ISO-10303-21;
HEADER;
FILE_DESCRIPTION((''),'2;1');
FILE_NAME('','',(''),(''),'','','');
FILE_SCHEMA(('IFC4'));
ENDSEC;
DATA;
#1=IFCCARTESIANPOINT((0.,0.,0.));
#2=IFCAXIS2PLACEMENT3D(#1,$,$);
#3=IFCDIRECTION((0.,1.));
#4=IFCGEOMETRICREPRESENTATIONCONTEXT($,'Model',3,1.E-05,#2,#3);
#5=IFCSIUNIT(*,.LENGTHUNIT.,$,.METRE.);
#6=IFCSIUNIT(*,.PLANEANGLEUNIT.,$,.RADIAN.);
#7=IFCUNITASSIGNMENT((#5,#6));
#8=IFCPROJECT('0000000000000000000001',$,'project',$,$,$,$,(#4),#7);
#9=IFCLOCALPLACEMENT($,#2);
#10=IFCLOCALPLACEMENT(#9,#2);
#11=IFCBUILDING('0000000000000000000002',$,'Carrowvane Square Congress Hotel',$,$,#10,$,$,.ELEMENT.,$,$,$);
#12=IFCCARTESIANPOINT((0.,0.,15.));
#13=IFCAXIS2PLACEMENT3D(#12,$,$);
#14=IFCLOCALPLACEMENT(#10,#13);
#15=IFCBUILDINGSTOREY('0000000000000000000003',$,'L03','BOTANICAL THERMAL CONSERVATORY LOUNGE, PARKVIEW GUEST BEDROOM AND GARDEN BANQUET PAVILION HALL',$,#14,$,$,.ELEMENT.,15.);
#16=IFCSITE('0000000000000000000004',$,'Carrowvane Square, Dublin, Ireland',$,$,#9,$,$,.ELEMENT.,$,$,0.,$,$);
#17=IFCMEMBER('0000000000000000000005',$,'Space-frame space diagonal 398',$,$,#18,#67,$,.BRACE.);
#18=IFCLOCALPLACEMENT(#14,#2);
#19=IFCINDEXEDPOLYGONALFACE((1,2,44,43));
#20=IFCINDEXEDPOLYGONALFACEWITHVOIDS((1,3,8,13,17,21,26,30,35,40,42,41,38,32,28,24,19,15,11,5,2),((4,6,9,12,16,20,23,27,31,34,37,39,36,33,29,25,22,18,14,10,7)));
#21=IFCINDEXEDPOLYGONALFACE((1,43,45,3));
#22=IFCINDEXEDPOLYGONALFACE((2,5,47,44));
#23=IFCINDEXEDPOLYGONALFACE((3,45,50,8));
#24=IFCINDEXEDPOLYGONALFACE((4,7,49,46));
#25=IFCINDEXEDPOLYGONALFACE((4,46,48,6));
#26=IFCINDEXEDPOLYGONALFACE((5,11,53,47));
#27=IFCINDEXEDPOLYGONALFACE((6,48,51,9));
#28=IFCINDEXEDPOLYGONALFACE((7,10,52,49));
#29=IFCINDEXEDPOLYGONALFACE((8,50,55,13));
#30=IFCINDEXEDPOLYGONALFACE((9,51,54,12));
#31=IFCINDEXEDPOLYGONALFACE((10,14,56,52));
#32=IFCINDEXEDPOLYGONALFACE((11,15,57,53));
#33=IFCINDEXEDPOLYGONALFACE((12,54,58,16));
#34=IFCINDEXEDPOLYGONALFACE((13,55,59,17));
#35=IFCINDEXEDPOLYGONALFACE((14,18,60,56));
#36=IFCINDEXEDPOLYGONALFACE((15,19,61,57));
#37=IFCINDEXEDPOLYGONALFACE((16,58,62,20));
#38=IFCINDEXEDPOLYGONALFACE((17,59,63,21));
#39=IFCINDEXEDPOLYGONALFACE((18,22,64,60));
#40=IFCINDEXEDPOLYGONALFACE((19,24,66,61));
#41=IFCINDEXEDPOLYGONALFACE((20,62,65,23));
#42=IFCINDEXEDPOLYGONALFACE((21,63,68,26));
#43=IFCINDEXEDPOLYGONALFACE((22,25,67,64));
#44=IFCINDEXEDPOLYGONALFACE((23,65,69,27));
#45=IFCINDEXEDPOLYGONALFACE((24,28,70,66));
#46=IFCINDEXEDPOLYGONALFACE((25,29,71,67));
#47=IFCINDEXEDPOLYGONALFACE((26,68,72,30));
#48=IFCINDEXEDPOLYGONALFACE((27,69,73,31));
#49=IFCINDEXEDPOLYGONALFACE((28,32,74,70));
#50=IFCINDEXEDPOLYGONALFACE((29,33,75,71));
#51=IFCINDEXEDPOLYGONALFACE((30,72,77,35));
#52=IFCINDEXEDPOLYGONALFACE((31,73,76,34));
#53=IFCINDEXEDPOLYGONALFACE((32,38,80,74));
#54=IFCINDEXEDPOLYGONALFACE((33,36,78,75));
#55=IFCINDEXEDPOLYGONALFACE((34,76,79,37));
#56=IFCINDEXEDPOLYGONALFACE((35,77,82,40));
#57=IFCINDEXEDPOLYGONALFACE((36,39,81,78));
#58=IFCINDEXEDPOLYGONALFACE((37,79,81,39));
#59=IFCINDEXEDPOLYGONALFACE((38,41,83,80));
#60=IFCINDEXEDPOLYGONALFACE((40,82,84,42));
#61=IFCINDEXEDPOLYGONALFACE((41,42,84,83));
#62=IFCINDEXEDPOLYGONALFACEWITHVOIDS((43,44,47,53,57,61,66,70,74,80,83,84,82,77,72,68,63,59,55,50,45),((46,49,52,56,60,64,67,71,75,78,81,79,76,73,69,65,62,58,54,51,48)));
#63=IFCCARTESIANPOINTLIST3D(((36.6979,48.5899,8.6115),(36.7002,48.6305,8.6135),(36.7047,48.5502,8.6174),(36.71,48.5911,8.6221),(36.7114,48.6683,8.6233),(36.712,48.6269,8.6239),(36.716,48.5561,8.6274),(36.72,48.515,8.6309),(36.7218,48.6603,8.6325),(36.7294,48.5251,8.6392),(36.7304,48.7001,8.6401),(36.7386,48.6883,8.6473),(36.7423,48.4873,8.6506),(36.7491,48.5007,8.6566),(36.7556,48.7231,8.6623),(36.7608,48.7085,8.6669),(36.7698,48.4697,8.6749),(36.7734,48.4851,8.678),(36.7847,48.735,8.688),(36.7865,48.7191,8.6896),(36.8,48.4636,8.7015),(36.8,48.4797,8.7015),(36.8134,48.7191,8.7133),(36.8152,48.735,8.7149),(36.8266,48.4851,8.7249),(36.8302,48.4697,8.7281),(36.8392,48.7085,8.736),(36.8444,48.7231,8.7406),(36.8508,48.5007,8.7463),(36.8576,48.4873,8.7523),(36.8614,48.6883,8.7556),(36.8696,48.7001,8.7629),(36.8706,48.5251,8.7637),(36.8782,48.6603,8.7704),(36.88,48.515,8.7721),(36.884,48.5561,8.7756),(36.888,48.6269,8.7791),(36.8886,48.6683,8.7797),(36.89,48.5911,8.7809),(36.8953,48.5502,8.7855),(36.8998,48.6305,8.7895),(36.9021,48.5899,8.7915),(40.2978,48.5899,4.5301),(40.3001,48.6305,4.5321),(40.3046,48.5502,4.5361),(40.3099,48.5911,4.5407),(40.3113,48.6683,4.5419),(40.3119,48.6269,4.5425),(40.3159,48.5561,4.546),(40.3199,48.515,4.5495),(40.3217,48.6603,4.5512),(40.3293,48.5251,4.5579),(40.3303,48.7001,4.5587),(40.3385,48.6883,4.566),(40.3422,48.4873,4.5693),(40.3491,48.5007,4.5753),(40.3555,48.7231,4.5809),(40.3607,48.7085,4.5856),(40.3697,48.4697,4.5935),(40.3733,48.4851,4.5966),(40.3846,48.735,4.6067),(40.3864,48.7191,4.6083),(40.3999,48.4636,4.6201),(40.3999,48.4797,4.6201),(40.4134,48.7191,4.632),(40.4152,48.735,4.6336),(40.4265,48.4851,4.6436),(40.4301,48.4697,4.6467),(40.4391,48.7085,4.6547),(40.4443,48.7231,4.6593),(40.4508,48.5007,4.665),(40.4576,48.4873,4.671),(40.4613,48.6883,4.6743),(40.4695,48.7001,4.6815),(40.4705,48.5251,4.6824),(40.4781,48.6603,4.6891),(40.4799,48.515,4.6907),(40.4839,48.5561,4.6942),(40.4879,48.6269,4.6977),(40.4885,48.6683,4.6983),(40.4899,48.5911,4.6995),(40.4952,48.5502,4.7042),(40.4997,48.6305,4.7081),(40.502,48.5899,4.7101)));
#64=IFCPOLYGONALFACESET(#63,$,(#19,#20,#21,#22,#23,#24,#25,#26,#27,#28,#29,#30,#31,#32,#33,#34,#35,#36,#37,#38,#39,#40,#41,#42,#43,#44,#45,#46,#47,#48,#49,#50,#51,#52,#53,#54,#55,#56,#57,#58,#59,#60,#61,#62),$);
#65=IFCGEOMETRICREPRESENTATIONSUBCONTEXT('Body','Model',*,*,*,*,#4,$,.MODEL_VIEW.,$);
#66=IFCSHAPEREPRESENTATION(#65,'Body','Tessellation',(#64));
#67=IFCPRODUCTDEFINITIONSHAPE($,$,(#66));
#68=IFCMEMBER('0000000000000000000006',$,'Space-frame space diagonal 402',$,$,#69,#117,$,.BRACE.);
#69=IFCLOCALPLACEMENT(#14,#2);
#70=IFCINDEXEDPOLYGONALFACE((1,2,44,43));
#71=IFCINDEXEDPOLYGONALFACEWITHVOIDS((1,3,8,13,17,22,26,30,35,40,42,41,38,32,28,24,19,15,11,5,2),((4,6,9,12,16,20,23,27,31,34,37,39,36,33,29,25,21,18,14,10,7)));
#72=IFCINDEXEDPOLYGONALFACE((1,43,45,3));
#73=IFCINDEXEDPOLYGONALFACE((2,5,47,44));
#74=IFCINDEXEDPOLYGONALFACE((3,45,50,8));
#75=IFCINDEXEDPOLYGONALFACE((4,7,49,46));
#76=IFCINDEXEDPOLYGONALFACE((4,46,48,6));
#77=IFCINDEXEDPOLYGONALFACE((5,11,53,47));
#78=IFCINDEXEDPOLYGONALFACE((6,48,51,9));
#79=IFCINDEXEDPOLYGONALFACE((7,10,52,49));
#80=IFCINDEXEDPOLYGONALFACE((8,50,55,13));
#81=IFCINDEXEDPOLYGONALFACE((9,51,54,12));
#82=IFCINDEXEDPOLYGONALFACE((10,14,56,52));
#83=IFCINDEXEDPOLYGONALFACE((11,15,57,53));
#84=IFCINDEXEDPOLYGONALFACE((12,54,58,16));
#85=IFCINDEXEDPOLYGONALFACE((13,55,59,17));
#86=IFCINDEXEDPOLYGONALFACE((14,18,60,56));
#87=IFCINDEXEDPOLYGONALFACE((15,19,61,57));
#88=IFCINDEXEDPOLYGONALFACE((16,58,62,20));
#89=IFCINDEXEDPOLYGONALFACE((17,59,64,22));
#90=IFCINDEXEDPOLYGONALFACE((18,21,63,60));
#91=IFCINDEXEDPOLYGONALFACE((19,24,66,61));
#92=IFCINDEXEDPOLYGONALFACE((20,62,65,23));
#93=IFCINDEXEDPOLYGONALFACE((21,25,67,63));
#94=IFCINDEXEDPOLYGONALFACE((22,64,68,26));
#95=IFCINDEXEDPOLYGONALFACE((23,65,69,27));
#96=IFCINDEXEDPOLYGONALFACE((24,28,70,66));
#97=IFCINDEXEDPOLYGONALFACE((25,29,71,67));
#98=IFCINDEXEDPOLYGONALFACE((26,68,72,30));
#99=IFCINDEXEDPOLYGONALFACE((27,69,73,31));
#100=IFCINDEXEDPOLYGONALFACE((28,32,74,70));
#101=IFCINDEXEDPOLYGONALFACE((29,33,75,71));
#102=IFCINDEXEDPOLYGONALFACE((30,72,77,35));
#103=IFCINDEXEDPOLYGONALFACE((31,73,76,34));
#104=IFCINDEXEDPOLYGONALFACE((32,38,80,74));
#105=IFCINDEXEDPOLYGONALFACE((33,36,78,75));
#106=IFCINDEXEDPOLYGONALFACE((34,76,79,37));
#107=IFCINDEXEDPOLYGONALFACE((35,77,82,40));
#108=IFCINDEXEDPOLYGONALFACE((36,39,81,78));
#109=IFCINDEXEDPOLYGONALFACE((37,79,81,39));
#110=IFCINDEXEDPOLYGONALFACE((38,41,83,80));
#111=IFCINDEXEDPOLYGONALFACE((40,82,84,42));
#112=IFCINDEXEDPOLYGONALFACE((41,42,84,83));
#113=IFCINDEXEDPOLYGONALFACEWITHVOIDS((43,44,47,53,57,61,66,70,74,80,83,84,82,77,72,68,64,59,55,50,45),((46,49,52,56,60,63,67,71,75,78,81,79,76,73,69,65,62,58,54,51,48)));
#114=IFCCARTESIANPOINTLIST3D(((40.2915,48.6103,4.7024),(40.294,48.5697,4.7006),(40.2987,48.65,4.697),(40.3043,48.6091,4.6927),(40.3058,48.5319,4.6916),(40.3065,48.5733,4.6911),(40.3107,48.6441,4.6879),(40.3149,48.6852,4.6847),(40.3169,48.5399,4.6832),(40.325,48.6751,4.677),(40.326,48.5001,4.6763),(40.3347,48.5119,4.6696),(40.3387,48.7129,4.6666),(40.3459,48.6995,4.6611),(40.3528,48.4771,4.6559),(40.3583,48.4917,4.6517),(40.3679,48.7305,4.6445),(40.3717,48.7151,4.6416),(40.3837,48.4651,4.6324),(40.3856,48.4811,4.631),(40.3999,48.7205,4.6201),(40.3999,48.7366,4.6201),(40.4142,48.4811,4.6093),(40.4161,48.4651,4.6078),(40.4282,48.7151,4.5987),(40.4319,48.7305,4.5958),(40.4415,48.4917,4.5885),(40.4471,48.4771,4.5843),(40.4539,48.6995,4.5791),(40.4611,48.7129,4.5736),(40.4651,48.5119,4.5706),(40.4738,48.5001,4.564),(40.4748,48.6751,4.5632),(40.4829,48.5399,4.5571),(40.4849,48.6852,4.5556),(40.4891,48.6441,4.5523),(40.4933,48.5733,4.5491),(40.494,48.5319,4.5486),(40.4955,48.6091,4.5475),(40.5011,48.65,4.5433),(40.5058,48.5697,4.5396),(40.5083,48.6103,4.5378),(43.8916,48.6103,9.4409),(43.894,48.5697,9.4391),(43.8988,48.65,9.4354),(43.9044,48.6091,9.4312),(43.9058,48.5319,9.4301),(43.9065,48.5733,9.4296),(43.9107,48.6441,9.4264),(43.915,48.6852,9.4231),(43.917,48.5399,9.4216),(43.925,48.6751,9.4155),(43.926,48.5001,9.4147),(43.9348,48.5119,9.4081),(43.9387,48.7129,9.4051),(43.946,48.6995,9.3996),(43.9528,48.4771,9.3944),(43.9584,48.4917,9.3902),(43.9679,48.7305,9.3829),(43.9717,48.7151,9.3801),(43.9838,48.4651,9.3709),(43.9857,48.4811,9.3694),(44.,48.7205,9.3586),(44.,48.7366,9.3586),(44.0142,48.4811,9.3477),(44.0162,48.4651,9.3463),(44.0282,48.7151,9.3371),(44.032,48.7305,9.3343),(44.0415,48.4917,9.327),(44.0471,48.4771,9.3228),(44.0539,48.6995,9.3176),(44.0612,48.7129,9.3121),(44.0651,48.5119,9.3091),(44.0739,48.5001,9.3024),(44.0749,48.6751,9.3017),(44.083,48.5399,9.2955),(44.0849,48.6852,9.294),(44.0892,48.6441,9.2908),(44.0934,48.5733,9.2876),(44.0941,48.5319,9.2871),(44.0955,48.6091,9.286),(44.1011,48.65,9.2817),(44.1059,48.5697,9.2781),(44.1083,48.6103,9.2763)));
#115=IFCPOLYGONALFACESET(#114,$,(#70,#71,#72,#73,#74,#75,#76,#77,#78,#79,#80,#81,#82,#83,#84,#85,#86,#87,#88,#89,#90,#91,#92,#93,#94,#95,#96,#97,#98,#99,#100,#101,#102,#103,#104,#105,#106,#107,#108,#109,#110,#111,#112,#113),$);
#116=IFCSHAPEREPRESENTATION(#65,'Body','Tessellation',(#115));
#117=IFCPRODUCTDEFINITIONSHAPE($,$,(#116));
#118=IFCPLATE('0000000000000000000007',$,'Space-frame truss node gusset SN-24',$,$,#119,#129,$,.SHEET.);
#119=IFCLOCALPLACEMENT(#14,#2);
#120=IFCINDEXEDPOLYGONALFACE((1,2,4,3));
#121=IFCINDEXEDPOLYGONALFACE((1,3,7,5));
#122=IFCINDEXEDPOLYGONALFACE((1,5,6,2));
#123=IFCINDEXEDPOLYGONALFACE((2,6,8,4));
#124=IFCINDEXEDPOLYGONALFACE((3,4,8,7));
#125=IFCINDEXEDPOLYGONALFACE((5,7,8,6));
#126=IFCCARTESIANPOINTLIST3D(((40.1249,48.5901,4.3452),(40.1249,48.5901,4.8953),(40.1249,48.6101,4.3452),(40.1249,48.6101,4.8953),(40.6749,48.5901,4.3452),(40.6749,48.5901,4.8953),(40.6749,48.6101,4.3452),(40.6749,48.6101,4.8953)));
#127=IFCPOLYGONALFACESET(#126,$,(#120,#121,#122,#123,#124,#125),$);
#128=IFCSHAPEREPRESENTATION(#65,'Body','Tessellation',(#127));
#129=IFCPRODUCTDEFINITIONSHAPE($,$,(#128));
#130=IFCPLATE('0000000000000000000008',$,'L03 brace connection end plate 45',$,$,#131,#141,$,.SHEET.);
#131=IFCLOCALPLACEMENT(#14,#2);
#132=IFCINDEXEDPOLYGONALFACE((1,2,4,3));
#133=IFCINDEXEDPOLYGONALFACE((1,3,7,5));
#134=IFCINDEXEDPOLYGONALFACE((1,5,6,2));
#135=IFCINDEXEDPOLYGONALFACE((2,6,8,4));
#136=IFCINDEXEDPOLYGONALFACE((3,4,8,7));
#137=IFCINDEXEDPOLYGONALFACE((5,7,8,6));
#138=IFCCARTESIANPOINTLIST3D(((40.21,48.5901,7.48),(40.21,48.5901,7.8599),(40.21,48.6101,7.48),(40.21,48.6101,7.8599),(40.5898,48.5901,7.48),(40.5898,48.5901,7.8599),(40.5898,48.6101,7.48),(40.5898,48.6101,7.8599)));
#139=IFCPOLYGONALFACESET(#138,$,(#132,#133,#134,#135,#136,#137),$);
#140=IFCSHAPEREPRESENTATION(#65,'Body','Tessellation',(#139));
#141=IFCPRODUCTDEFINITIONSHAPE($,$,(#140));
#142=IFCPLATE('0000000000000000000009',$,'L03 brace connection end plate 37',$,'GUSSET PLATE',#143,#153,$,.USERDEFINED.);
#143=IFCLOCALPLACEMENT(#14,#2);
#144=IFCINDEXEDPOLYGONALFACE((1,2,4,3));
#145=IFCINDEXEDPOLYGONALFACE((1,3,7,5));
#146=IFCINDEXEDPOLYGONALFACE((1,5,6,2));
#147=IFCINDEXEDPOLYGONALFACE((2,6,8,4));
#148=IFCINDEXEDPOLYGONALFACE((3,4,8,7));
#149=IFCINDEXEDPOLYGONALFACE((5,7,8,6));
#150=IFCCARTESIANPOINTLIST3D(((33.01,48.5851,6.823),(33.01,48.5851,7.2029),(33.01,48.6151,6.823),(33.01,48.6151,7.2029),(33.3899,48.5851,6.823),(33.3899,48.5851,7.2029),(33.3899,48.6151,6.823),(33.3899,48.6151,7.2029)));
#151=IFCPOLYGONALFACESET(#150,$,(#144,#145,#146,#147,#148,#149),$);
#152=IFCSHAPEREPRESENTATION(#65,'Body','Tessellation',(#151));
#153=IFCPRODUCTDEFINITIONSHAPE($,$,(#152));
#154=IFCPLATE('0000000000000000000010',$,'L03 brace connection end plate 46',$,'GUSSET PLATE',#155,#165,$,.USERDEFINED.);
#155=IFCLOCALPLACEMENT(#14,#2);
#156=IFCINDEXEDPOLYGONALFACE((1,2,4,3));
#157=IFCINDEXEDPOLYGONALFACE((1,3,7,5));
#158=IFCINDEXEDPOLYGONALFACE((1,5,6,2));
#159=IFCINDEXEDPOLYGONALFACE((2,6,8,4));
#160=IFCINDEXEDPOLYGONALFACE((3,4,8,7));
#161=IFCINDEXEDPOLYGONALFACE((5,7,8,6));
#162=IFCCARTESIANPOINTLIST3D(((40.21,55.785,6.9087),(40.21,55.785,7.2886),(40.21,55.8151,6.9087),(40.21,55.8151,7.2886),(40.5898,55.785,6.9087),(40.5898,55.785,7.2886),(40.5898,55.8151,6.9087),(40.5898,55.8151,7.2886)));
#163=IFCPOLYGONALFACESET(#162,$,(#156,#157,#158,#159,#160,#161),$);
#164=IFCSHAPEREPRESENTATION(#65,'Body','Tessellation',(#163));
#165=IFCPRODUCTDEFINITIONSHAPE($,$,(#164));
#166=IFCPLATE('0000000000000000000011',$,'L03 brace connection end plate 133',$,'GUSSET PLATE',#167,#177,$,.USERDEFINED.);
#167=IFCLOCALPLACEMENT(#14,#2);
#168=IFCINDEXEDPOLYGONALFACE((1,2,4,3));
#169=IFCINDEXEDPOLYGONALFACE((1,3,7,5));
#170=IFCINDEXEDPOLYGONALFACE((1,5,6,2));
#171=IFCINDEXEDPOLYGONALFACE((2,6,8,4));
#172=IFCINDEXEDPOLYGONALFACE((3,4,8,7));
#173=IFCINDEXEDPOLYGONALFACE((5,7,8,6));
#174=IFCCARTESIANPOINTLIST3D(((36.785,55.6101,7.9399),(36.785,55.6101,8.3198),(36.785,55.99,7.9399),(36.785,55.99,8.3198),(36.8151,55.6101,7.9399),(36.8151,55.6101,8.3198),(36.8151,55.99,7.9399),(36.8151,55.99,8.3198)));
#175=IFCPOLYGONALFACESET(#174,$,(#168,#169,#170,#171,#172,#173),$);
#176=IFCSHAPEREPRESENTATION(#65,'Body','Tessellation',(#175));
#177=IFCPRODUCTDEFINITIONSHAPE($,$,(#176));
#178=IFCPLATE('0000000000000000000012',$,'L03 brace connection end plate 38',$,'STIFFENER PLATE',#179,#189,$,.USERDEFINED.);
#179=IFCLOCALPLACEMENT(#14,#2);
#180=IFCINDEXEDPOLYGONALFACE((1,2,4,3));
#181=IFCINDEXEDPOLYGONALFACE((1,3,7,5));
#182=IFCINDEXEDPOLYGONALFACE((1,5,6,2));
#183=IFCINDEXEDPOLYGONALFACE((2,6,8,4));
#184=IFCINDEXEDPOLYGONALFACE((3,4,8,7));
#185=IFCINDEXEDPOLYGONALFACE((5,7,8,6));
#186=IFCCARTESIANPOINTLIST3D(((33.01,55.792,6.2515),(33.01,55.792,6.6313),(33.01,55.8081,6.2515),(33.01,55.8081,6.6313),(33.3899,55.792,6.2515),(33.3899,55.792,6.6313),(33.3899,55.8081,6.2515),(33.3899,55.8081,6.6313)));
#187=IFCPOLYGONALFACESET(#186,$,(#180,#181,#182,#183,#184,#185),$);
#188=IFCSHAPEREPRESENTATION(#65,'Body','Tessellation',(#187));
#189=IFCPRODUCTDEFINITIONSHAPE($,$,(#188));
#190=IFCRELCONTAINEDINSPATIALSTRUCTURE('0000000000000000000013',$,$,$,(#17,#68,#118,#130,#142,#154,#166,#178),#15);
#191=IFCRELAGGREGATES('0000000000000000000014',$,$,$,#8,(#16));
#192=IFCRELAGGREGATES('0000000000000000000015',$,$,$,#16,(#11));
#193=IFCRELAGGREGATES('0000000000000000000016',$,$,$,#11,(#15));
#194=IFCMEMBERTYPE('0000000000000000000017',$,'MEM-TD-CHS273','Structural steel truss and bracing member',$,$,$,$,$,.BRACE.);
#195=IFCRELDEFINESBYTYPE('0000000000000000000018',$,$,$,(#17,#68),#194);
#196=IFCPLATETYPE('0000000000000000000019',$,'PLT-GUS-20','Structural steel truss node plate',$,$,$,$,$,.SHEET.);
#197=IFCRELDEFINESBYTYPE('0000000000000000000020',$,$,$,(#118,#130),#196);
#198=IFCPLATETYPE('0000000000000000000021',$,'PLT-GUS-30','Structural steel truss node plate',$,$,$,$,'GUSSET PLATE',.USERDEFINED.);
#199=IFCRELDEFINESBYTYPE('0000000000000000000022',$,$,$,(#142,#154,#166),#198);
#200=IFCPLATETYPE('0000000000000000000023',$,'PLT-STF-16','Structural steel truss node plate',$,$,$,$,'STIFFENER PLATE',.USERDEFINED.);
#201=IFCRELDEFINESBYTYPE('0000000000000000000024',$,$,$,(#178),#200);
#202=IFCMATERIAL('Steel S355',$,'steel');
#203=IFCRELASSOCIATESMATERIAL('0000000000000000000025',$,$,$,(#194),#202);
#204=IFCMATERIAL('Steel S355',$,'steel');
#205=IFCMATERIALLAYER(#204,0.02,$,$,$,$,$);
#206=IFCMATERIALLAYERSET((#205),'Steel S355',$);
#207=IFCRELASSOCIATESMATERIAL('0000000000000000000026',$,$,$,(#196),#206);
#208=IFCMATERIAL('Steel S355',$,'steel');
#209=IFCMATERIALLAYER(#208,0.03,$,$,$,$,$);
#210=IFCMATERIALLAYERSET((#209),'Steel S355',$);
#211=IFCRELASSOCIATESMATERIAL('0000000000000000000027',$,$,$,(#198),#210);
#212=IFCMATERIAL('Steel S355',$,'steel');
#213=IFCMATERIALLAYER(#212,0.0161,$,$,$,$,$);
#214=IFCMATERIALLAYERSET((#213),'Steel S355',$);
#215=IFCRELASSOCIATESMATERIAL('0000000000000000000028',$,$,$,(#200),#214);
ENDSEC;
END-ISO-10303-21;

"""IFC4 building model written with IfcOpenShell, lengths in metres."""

from ifc_helpers import new_model, si_unit, direction, frame, origin, origin_2d, place, context, subcontext, project, spatial, rectangle, hollow_circle, extrude, material, layer, layer_set, material_profile, profile_set, type_object, element, save


model = new_model("IFC4")

# Units and contexts
model_context = context("Model", 3, precision=1e-05, world=origin(), true_north=direction((0.0, 1.0)))
body_context = subcontext(model_context, "Body", "Model", "MODEL_VIEW")
ifc_project = project(units=[si_unit("LENGTHUNIT", "METRE"), si_unit("PLANEANGLEUNIT", "RADIAN")], contexts=[model_context])

# Site, building, storey
site_placement = place(None, origin())
site = spatial("IfcSite", under=ifc_project, at=site_placement, Name="Carrowvane Square, Dublin, Ireland", CompositionType="ELEMENT", RefElevation=0.0)
building_placement = place(site_placement, origin())
building = spatial("IfcBuilding", under=site, at=building_placement, Name="Carrowvane Square Congress Hotel", CompositionType="ELEMENT")
storey_placement = place(building_placement, frame((0.0, 0.0, 15.0)))
storey = spatial("IfcBuildingStorey", under=building, at=storey_placement, Name="L03", Description="BOTANICAL THERMAL CONSERVATORY LOUNGE, PARKVIEW GUEST BEDROOM AND GARDEN BANQUET PAVILION HALL", CompositionType="ELEMENT", Elevation=15.0)

# Members
ifc_material_1 = material(Name="Steel S355", Category="steel")
ifc_material_profile_1 = material_profile(ifc_material_1, hollow_circle(Radius=0.1365, WallThickness=0.0161, at=origin_2d()), Name="CHS 273.0x16")
ifc_profile_set_1 = profile_set([ifc_material_profile_1], Name="Steel S355")
member_type_1 = type_object("IfcMemberType", Name="MEM-TD-CHS273", Description="Structural steel truss and bracing member", PredefinedType="BRACE", material=ifc_profile_set_1)
member_1_placement = place(storey_placement, frame((40.3999, 48.6001, 4.6201), z_axis=(-0.661488, 0.0, 0.749956), x_axis=(0.0, -1.0, 0.0)))
element("IfcMember", 1, at=member_1_placement, inside=storey, type_object=member_type_1, Name="Space-frame space diagonal 398", PredefinedType="BRACE", context=body_context, shape_type="SweptSolid", body=[
    extrude(hollow_circle(Radius=0.1365, WallThickness=0.0161, at=origin_2d()), origin(), (0.0, 0.0, 1.0), 5.4421),
])
member_2_placement = place(storey_placement, frame((40.3999, 48.6001, 4.6201), z_axis=(0.604957, 0.0, 0.796258), x_axis=(0.0, 1.0, 0.0)))
element("IfcMember", 2, at=member_2_placement, inside=storey, type_object=member_type_1, Name="Space-frame space diagonal 402", PredefinedType="BRACE", context=body_context, shape_type="SweptSolid", body=[
    extrude(hollow_circle(Radius=0.1365, WallThickness=0.0161, at=origin_2d()), origin(), (0.0, 0.0, 1.0), 5.9509),
])

# Plates
ifc_material_2 = material(Name="Steel S355", Category="steel")
ifc_layer_1 = layer(ifc_material_2, 0.02)
ifc_layer_set_1 = layer_set([ifc_layer_1], Name="Steel S355")
plate_type_1 = type_object("IfcPlateType", Name="PLT-GUS-20", Description="Structural steel truss node plate", PredefinedType="SHEET", material=ifc_layer_set_1)
plate_1_placement = place(storey_placement, frame((40.3999, 48.6001, 4.3452), z_axis=(0.0, 0.0, 1.0), x_axis=(1.0, 0.0, 0.0)))
element("IfcPlate", 3, at=plate_1_placement, inside=storey, type_object=plate_type_1, Name="Space-frame truss node gusset SN-24", PredefinedType="SHEET", context=body_context, shape_type="SweptSolid", body=[
    extrude(rectangle(XDim=0.55, YDim=0.02, at=origin_2d()), origin(), (0.0, 0.0, 1.0), 0.55),
])
plate_2_placement = place(storey_placement, frame((40.3999, 48.6001, 7.48), z_axis=(0.0, 0.0, 1.0), x_axis=(1.0, 0.0, 0.0)))
element("IfcPlate", 4, at=plate_2_placement, inside=storey, type_object=plate_type_1, Name="L03 brace connection end plate 45", PredefinedType="SHEET", context=body_context, shape_type="SweptSolid", body=[
    extrude(rectangle(XDim=0.3799, YDim=0.02, at=origin_2d()), origin(), (0.0, 0.0, 1.0), 0.3799),
])
ifc_material_3 = material(Name="Steel S355", Category="steel")
ifc_layer_2 = layer(ifc_material_3, 0.03)
ifc_layer_set_2 = layer_set([ifc_layer_2], Name="Steel S355")
plate_type_2 = type_object("IfcPlateType", Name="PLT-GUS-30", Description="Structural steel truss node plate", ElementType="GUSSET PLATE", PredefinedType="USERDEFINED", material=ifc_layer_set_2)
for number, where, z_axis, x_axis, name in (
    (5, (33.2, 48.6001, 6.823), (0.0, 0.0, 1.0), (1.0, 0.0, 0.0), "L03 brace connection end plate 37"),
    (6, (40.3999, 55.8, 6.9087), (0.0, 0.0, 1.0), (1.0, 0.0, 0.0), "L03 brace connection end plate 46"),
):
    element("IfcPlate", number, at=place(storey_placement, frame(where, z_axis=z_axis, x_axis=x_axis)), inside=storey, type_object=plate_type_2, Name=name, ObjectType="GUSSET PLATE", PredefinedType="USERDEFINED", context=body_context, shape_type="SweptSolid", body=[
        extrude(rectangle(XDim=0.3799, YDim=0.03, at=origin_2d()), origin(), (0.0, 0.0, 1.0), 0.3799),
    ])
plate_3_placement = place(storey_placement, frame((36.8, 55.8, 7.9399), z_axis=(0.0, 0.0, 1.0), x_axis=(1.0, 0.0, 0.0)))
element("IfcPlate", 7, at=plate_3_placement, inside=storey, type_object=plate_type_2, Name="L03 brace connection end plate 133", ObjectType="GUSSET PLATE", PredefinedType="USERDEFINED", context=body_context, shape_type="SweptSolid", body=[
    extrude(rectangle(XDim=0.03, YDim=0.3799, at=origin_2d()), origin(), (0.0, 0.0, 1.0), 0.3799),
])
ifc_material_4 = material(Name="Steel S355", Category="steel")
ifc_layer_3 = layer(ifc_material_4, 0.0161)
ifc_layer_set_3 = layer_set([ifc_layer_3], Name="Steel S355")
plate_type_3 = type_object("IfcPlateType", Name="PLT-STF-16", Description="Structural steel truss node plate", ElementType="STIFFENER PLATE", PredefinedType="USERDEFINED", material=ifc_layer_set_3)
plate_4_placement = place(storey_placement, frame((33.2, 55.8, 6.2515), z_axis=(0.0, 0.0, 1.0), x_axis=(1.0, 0.0, 0.0)))
element("IfcPlate", 8, at=plate_4_placement, inside=storey, type_object=plate_type_3, Name="L03 brace connection end plate 38", ObjectType="STIFFENER PLATE", PredefinedType="USERDEFINED", context=body_context, shape_type="SweptSolid", body=[
    extrude(rectangle(XDim=0.3799, YDim=0.0161, at=origin_2d()), origin(), (0.0, 0.0, 1.0), 0.3799),
])

save(model, "model.ifc")
